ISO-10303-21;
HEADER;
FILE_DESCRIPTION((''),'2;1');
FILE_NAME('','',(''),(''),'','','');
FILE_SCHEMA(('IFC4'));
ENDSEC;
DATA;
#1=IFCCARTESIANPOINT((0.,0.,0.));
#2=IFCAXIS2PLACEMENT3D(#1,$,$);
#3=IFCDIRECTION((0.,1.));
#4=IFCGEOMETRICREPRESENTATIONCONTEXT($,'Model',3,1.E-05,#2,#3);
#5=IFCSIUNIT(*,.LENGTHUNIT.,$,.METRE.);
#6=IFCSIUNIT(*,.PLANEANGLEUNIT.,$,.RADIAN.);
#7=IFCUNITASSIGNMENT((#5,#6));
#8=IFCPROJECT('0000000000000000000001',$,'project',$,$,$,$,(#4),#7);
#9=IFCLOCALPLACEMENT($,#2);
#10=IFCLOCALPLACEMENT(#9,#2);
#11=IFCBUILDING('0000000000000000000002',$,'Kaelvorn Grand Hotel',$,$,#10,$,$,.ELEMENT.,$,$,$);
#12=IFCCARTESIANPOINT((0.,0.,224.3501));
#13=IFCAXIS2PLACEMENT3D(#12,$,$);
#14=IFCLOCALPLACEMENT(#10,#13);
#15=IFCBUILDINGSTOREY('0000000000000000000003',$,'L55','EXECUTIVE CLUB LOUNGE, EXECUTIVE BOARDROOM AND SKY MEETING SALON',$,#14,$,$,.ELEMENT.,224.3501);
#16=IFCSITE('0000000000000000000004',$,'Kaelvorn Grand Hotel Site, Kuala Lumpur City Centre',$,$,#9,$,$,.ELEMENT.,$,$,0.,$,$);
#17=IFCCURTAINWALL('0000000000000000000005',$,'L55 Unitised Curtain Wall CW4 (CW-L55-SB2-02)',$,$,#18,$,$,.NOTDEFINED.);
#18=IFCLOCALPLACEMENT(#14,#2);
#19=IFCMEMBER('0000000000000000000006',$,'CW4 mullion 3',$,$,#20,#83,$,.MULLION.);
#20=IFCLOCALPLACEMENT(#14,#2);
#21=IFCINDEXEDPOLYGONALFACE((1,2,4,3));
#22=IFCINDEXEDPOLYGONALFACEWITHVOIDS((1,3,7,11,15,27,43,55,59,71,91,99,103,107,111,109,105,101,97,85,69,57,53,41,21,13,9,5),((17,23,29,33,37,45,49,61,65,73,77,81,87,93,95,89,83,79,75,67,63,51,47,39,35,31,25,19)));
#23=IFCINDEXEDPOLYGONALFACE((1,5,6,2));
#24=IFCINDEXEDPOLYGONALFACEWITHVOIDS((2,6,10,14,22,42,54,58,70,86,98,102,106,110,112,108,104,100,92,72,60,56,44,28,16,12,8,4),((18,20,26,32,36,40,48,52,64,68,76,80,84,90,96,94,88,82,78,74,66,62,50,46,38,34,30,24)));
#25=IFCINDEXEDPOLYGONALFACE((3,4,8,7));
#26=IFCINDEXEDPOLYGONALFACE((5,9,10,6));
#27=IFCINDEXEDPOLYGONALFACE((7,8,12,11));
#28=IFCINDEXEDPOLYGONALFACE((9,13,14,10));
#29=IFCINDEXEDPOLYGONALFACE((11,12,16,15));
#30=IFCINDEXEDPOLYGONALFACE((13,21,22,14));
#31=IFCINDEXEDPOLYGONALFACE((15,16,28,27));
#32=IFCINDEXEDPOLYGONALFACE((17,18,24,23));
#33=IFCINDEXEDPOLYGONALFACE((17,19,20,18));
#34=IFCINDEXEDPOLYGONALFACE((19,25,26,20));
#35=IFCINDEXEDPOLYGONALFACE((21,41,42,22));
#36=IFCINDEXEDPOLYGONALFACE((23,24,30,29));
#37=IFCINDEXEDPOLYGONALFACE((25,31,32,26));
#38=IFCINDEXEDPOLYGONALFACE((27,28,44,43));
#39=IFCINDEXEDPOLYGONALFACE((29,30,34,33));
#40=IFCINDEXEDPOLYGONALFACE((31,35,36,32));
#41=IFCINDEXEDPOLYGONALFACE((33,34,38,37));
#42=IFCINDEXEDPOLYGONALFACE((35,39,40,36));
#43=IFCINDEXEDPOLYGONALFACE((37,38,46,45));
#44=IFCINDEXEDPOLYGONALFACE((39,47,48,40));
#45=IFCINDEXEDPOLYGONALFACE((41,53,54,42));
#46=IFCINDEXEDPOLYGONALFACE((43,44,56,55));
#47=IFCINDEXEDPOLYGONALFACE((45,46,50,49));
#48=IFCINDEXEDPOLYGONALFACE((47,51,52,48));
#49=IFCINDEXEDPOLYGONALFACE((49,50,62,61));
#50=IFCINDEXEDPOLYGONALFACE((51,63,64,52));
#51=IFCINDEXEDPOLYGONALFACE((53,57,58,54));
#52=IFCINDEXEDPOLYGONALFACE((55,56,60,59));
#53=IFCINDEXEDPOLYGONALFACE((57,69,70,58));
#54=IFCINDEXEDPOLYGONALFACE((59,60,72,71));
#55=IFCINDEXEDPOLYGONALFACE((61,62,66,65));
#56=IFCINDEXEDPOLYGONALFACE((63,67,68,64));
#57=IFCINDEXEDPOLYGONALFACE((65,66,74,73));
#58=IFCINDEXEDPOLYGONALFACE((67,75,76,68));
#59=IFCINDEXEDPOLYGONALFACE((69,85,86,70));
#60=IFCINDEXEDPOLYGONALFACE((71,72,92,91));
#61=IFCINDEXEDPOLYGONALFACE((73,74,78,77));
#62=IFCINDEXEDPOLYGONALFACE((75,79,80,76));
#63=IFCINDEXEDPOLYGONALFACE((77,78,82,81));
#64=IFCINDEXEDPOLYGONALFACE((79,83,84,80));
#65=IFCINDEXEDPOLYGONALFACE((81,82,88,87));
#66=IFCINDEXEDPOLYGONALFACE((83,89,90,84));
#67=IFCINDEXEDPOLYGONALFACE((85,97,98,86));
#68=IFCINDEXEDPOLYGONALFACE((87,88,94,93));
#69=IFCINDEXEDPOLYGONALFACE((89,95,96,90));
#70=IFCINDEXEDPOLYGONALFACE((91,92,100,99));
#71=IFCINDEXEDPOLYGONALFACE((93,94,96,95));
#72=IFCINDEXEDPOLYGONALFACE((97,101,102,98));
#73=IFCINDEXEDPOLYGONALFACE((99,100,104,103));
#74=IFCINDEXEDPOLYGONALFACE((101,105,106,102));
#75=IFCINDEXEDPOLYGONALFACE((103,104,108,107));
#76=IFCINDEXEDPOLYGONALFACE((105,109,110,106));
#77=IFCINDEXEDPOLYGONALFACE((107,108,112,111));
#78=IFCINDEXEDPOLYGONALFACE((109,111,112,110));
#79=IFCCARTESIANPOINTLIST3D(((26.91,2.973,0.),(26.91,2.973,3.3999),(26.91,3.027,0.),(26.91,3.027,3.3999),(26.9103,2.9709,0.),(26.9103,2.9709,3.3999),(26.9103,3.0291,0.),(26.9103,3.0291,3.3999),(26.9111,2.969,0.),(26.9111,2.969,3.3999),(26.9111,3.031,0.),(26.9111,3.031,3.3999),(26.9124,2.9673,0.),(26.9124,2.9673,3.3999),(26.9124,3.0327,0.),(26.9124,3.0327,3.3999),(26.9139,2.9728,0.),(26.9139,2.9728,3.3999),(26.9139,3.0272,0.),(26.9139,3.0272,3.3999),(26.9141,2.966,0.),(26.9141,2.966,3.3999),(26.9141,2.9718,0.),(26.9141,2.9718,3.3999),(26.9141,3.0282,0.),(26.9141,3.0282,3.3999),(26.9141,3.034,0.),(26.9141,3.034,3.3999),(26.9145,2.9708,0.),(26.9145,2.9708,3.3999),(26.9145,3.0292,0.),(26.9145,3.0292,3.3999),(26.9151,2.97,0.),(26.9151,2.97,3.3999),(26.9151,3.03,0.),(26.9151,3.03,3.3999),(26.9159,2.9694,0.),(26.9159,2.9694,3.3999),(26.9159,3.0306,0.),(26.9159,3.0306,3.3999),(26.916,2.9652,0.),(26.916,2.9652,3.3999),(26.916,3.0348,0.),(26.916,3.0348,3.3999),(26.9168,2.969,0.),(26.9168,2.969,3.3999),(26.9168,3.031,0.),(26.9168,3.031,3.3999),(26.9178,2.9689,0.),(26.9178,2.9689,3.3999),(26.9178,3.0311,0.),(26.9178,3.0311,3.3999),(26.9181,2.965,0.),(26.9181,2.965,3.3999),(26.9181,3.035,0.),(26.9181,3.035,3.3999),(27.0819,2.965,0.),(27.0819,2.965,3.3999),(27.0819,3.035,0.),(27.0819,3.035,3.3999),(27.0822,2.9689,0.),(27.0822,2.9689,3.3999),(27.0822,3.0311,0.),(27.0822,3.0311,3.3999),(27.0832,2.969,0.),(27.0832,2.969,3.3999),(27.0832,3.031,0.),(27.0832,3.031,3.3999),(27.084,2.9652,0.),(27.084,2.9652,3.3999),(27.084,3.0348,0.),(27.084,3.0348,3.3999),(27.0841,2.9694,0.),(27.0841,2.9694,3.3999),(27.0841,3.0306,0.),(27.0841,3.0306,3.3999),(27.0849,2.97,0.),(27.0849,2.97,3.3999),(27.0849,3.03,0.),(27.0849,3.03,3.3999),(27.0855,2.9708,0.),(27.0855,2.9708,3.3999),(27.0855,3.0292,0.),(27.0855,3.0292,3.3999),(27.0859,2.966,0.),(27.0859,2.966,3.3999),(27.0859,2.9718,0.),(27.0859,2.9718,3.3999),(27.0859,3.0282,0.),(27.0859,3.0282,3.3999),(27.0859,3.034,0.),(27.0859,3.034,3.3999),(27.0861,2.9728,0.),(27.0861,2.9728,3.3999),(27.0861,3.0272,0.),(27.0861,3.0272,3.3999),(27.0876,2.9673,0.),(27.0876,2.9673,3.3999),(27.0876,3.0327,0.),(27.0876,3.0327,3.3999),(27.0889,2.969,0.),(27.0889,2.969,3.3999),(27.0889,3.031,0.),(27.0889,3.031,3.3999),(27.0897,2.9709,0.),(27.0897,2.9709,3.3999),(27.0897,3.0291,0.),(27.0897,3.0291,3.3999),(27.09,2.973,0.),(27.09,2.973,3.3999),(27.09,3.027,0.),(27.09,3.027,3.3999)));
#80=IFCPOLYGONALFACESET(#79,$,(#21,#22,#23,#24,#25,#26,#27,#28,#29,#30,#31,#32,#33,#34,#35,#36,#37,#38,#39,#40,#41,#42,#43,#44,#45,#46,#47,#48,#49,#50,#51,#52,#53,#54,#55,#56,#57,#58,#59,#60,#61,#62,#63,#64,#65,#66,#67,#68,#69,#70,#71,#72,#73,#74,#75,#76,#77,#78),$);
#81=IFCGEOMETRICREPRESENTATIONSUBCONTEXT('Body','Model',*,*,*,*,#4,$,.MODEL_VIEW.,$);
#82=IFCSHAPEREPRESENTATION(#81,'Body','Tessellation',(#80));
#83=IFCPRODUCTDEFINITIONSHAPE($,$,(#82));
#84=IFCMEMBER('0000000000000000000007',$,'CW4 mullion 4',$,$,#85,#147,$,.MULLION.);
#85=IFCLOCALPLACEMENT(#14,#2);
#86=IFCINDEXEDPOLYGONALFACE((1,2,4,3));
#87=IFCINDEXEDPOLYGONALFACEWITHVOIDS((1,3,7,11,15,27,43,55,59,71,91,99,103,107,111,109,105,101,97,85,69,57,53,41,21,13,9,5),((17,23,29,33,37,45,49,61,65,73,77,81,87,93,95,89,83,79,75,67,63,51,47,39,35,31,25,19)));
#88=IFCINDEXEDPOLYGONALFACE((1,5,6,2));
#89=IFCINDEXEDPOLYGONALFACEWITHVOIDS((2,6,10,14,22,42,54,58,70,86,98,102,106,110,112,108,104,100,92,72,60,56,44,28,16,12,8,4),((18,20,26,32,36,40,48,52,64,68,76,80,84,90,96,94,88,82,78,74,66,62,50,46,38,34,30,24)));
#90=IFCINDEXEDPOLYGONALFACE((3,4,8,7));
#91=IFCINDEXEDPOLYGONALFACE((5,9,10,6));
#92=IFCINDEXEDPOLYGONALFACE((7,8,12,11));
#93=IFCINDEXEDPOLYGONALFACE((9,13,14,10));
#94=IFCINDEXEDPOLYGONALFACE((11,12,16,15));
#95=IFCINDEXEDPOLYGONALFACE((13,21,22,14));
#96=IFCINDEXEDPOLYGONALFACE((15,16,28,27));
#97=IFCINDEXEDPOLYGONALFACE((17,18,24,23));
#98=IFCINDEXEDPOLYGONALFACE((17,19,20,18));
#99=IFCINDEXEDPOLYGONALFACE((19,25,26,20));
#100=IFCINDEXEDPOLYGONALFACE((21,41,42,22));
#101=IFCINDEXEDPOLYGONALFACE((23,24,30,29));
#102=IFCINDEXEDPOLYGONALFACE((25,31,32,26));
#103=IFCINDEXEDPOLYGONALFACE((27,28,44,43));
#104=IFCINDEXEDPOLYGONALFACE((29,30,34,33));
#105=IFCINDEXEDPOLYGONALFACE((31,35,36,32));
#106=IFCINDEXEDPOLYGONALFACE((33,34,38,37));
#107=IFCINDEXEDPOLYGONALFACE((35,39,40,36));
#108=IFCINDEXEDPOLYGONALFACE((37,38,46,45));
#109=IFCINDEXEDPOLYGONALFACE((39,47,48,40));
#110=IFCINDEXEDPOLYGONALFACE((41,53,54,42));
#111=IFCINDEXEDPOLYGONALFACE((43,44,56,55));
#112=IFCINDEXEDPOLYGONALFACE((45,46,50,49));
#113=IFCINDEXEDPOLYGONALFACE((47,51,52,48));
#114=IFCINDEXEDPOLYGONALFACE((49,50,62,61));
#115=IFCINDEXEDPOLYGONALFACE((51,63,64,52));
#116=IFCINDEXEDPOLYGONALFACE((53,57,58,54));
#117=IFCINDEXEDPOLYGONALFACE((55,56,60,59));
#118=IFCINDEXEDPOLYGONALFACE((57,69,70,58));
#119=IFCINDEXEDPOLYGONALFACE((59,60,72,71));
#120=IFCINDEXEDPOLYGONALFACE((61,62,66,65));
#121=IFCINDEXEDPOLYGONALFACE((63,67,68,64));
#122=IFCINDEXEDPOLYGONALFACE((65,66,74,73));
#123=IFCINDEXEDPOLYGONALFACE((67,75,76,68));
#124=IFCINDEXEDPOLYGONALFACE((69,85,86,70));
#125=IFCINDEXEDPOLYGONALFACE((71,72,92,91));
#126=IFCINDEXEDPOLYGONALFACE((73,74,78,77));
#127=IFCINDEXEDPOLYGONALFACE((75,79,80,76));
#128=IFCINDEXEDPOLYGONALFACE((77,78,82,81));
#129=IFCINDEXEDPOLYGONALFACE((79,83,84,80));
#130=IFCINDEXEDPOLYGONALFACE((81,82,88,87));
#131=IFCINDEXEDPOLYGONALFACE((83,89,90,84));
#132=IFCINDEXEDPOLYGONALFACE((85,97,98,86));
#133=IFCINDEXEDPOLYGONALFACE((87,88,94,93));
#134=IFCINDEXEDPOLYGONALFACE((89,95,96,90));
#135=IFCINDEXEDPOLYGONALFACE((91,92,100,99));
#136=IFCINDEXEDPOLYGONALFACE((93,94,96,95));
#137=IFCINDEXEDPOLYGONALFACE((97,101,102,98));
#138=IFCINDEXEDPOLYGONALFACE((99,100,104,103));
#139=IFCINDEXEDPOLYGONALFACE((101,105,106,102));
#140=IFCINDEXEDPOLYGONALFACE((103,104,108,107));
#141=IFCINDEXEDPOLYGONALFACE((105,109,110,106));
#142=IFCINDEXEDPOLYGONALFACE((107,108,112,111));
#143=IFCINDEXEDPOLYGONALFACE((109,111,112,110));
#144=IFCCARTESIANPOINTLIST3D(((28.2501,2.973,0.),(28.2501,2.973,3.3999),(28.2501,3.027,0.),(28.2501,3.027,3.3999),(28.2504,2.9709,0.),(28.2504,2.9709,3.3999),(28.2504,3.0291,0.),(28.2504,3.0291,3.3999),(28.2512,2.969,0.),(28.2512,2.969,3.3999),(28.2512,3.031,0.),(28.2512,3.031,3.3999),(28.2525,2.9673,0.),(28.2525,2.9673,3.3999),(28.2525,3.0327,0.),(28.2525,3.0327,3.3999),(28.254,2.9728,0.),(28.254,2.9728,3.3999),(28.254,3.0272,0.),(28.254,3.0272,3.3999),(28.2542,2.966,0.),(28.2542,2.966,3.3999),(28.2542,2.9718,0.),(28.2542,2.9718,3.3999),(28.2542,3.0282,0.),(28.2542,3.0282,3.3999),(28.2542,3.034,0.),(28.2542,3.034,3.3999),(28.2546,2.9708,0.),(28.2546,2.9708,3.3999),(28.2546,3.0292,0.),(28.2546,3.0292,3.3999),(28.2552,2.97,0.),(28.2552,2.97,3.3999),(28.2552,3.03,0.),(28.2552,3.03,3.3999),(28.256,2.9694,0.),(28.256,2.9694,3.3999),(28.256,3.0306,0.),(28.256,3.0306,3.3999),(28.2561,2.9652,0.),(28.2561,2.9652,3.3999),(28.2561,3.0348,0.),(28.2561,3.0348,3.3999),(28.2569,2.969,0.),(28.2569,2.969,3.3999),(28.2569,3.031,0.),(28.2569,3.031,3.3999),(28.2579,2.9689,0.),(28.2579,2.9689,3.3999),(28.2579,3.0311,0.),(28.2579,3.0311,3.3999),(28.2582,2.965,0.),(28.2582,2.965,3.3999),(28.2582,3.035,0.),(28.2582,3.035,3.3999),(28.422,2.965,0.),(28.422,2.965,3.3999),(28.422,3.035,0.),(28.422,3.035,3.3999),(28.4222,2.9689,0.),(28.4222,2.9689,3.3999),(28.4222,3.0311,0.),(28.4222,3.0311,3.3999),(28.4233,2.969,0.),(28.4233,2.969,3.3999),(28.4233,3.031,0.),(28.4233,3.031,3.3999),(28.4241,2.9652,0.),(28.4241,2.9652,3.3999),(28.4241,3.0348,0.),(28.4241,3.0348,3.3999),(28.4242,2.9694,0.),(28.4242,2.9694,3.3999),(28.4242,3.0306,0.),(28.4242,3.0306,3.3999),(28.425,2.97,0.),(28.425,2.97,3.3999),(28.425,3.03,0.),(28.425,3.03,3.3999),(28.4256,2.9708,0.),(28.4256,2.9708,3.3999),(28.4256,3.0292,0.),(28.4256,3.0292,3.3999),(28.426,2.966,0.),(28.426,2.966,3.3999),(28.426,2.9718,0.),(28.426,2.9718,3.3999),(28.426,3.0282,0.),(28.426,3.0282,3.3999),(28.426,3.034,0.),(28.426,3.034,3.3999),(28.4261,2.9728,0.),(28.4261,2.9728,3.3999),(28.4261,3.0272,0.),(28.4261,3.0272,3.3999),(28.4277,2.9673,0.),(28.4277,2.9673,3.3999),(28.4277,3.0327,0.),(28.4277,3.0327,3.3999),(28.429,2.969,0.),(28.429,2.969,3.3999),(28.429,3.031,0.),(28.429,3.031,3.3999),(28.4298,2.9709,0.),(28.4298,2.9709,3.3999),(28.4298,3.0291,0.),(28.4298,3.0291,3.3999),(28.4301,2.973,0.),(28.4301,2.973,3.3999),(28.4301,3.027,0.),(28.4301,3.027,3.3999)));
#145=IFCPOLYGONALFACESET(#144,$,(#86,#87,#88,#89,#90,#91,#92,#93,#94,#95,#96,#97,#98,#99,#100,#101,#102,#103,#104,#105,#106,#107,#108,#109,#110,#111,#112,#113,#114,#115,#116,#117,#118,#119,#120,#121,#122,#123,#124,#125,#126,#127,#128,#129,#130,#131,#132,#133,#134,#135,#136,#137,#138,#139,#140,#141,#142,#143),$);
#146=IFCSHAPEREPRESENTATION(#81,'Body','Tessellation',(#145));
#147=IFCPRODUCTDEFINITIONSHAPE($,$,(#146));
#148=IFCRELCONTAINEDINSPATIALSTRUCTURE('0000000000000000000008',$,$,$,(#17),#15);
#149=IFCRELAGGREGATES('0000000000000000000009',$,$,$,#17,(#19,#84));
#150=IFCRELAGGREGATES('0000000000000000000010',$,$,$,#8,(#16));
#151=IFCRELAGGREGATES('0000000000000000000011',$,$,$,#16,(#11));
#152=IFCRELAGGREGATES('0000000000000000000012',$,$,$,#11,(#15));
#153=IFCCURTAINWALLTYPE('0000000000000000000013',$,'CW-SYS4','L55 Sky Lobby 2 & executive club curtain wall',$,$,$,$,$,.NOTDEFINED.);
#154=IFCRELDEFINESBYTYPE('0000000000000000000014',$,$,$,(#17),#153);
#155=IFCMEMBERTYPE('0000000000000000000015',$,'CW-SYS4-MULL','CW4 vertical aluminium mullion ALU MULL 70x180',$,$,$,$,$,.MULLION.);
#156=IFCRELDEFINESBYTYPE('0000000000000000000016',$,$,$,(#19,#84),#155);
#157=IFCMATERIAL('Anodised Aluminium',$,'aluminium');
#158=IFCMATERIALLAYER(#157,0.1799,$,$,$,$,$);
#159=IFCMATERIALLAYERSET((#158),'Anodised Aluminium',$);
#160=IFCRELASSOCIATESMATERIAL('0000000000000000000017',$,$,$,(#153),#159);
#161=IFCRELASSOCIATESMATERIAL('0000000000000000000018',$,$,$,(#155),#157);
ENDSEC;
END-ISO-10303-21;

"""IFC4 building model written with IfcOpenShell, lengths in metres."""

from ifc_helpers import new_model, si_unit, direction, frame, origin, origin_2d, place, context, subcontext, project, spatial, hollow_rectangle, extrude, material, layer, layer_set, material_profile, profile_set, type_object, element, aggregate, save


model = new_model("IFC4")

# Units and contexts
model_context = context("Model", 3, precision=1e-05, world=origin(), true_north=direction((0.0, 1.0)))
body_context = subcontext(model_context, "Body", "Model", "MODEL_VIEW")
ifc_project = project(units=[si_unit("LENGTHUNIT", "METRE"), si_unit("PLANEANGLEUNIT", "RADIAN")], contexts=[model_context])

# Site, building, storey
site_placement = place(None, origin())
site = spatial("IfcSite", under=ifc_project, at=site_placement, Name="Kaelvorn Grand Hotel Site, Kuala Lumpur City Centre", CompositionType="ELEMENT", RefElevation=0.0)
building_placement = place(site_placement, origin())
building = spatial("IfcBuilding", under=site, at=building_placement, Name="Kaelvorn Grand Hotel", CompositionType="ELEMENT")
storey_placement = place(building_placement, frame((0.0, 0.0, 224.3501)))
storey = spatial("IfcBuildingStorey", under=building, at=storey_placement, Name="L55", Description="EXECUTIVE CLUB LOUNGE, EXECUTIVE BOARDROOM AND SKY MEETING SALON", CompositionType="ELEMENT", Elevation=224.3501)

# Curtain wall, members
ifc_material_1 = material(Name="Anodised Aluminium", Category="aluminium")
ifc_layer_1 = layer(ifc_material_1, 0.1799)
ifc_layer_set_1 = layer_set([ifc_layer_1], Name="Anodised Aluminium")
curtain_wall_type = type_object("IfcCurtainWallType", Name="CW-SYS4", Description="L55 Sky Lobby 2 & executive club curtain wall", PredefinedType="NOTDEFINED", material=ifc_layer_set_1)
curtain_wall_placement = place(storey_placement, origin())
curtain_wall = element("IfcCurtainWall", 1, at=curtain_wall_placement, inside=storey, type_object=curtain_wall_type, Name="L55 Unitised Curtain Wall CW4 (CW-L55-SB2-02)", PredefinedType="NOTDEFINED")
ifc_material_profile_1 = material_profile(ifc_material_1, hollow_rectangle(XDim=0.0701, YDim=0.1799, WallThickness=0.0039, InnerFilletRadius=0.0039, OuterFilletRadius=0.0081, at=origin_2d()), Name="ALU MULL 70x180")
ifc_profile_set_1 = profile_set([ifc_material_profile_1], Name="Anodised Aluminium")
member_type_1 = type_object("IfcMemberType", Name="CW-SYS4-MULL", Description="CW4 vertical aluminium mullion ALU MULL 70x180", PredefinedType="MULLION", material=ifc_profile_set_1)
member_1_placement = place(storey_placement, frame((27.0, 3.0, 0.0), z_axis=(0.0, 0.0, 1.0), x_axis=(0.0, 1.0, 0.0)))
member_1 = element("IfcMember", 2, at=member_1_placement, type_object=member_type_1, Name="CW4 mullion 3", PredefinedType="MULLION", context=body_context, shape_type="SweptSolid", body=[
    extrude(hollow_rectangle(XDim=0.0701, YDim=0.1799, WallThickness=0.0039, InnerFilletRadius=0.0039, OuterFilletRadius=0.0081, at=origin_2d()), origin(), (0.0, 0.0, 1.0), 3.3999),
])
member_2_placement = place(storey_placement, frame((28.3401, 3.0, 0.0), z_axis=(0.0, 0.0, 1.0), x_axis=(0.0, 1.0, 0.0)))
member_2 = element("IfcMember", 3, at=member_2_placement, type_object=member_type_1, Name="CW4 mullion 4", PredefinedType="MULLION", context=body_context, shape_type="SweptSolid", body=[
    extrude(hollow_rectangle(XDim=0.0701, YDim=0.1799, WallThickness=0.0039, InnerFilletRadius=0.0039, OuterFilletRadius=0.0081, at=origin_2d()), origin(), (0.0, 0.0, 1.0), 3.3999),
])
aggregate(curtain_wall, [member_1, member_2])

save(model, "model.ifc")
